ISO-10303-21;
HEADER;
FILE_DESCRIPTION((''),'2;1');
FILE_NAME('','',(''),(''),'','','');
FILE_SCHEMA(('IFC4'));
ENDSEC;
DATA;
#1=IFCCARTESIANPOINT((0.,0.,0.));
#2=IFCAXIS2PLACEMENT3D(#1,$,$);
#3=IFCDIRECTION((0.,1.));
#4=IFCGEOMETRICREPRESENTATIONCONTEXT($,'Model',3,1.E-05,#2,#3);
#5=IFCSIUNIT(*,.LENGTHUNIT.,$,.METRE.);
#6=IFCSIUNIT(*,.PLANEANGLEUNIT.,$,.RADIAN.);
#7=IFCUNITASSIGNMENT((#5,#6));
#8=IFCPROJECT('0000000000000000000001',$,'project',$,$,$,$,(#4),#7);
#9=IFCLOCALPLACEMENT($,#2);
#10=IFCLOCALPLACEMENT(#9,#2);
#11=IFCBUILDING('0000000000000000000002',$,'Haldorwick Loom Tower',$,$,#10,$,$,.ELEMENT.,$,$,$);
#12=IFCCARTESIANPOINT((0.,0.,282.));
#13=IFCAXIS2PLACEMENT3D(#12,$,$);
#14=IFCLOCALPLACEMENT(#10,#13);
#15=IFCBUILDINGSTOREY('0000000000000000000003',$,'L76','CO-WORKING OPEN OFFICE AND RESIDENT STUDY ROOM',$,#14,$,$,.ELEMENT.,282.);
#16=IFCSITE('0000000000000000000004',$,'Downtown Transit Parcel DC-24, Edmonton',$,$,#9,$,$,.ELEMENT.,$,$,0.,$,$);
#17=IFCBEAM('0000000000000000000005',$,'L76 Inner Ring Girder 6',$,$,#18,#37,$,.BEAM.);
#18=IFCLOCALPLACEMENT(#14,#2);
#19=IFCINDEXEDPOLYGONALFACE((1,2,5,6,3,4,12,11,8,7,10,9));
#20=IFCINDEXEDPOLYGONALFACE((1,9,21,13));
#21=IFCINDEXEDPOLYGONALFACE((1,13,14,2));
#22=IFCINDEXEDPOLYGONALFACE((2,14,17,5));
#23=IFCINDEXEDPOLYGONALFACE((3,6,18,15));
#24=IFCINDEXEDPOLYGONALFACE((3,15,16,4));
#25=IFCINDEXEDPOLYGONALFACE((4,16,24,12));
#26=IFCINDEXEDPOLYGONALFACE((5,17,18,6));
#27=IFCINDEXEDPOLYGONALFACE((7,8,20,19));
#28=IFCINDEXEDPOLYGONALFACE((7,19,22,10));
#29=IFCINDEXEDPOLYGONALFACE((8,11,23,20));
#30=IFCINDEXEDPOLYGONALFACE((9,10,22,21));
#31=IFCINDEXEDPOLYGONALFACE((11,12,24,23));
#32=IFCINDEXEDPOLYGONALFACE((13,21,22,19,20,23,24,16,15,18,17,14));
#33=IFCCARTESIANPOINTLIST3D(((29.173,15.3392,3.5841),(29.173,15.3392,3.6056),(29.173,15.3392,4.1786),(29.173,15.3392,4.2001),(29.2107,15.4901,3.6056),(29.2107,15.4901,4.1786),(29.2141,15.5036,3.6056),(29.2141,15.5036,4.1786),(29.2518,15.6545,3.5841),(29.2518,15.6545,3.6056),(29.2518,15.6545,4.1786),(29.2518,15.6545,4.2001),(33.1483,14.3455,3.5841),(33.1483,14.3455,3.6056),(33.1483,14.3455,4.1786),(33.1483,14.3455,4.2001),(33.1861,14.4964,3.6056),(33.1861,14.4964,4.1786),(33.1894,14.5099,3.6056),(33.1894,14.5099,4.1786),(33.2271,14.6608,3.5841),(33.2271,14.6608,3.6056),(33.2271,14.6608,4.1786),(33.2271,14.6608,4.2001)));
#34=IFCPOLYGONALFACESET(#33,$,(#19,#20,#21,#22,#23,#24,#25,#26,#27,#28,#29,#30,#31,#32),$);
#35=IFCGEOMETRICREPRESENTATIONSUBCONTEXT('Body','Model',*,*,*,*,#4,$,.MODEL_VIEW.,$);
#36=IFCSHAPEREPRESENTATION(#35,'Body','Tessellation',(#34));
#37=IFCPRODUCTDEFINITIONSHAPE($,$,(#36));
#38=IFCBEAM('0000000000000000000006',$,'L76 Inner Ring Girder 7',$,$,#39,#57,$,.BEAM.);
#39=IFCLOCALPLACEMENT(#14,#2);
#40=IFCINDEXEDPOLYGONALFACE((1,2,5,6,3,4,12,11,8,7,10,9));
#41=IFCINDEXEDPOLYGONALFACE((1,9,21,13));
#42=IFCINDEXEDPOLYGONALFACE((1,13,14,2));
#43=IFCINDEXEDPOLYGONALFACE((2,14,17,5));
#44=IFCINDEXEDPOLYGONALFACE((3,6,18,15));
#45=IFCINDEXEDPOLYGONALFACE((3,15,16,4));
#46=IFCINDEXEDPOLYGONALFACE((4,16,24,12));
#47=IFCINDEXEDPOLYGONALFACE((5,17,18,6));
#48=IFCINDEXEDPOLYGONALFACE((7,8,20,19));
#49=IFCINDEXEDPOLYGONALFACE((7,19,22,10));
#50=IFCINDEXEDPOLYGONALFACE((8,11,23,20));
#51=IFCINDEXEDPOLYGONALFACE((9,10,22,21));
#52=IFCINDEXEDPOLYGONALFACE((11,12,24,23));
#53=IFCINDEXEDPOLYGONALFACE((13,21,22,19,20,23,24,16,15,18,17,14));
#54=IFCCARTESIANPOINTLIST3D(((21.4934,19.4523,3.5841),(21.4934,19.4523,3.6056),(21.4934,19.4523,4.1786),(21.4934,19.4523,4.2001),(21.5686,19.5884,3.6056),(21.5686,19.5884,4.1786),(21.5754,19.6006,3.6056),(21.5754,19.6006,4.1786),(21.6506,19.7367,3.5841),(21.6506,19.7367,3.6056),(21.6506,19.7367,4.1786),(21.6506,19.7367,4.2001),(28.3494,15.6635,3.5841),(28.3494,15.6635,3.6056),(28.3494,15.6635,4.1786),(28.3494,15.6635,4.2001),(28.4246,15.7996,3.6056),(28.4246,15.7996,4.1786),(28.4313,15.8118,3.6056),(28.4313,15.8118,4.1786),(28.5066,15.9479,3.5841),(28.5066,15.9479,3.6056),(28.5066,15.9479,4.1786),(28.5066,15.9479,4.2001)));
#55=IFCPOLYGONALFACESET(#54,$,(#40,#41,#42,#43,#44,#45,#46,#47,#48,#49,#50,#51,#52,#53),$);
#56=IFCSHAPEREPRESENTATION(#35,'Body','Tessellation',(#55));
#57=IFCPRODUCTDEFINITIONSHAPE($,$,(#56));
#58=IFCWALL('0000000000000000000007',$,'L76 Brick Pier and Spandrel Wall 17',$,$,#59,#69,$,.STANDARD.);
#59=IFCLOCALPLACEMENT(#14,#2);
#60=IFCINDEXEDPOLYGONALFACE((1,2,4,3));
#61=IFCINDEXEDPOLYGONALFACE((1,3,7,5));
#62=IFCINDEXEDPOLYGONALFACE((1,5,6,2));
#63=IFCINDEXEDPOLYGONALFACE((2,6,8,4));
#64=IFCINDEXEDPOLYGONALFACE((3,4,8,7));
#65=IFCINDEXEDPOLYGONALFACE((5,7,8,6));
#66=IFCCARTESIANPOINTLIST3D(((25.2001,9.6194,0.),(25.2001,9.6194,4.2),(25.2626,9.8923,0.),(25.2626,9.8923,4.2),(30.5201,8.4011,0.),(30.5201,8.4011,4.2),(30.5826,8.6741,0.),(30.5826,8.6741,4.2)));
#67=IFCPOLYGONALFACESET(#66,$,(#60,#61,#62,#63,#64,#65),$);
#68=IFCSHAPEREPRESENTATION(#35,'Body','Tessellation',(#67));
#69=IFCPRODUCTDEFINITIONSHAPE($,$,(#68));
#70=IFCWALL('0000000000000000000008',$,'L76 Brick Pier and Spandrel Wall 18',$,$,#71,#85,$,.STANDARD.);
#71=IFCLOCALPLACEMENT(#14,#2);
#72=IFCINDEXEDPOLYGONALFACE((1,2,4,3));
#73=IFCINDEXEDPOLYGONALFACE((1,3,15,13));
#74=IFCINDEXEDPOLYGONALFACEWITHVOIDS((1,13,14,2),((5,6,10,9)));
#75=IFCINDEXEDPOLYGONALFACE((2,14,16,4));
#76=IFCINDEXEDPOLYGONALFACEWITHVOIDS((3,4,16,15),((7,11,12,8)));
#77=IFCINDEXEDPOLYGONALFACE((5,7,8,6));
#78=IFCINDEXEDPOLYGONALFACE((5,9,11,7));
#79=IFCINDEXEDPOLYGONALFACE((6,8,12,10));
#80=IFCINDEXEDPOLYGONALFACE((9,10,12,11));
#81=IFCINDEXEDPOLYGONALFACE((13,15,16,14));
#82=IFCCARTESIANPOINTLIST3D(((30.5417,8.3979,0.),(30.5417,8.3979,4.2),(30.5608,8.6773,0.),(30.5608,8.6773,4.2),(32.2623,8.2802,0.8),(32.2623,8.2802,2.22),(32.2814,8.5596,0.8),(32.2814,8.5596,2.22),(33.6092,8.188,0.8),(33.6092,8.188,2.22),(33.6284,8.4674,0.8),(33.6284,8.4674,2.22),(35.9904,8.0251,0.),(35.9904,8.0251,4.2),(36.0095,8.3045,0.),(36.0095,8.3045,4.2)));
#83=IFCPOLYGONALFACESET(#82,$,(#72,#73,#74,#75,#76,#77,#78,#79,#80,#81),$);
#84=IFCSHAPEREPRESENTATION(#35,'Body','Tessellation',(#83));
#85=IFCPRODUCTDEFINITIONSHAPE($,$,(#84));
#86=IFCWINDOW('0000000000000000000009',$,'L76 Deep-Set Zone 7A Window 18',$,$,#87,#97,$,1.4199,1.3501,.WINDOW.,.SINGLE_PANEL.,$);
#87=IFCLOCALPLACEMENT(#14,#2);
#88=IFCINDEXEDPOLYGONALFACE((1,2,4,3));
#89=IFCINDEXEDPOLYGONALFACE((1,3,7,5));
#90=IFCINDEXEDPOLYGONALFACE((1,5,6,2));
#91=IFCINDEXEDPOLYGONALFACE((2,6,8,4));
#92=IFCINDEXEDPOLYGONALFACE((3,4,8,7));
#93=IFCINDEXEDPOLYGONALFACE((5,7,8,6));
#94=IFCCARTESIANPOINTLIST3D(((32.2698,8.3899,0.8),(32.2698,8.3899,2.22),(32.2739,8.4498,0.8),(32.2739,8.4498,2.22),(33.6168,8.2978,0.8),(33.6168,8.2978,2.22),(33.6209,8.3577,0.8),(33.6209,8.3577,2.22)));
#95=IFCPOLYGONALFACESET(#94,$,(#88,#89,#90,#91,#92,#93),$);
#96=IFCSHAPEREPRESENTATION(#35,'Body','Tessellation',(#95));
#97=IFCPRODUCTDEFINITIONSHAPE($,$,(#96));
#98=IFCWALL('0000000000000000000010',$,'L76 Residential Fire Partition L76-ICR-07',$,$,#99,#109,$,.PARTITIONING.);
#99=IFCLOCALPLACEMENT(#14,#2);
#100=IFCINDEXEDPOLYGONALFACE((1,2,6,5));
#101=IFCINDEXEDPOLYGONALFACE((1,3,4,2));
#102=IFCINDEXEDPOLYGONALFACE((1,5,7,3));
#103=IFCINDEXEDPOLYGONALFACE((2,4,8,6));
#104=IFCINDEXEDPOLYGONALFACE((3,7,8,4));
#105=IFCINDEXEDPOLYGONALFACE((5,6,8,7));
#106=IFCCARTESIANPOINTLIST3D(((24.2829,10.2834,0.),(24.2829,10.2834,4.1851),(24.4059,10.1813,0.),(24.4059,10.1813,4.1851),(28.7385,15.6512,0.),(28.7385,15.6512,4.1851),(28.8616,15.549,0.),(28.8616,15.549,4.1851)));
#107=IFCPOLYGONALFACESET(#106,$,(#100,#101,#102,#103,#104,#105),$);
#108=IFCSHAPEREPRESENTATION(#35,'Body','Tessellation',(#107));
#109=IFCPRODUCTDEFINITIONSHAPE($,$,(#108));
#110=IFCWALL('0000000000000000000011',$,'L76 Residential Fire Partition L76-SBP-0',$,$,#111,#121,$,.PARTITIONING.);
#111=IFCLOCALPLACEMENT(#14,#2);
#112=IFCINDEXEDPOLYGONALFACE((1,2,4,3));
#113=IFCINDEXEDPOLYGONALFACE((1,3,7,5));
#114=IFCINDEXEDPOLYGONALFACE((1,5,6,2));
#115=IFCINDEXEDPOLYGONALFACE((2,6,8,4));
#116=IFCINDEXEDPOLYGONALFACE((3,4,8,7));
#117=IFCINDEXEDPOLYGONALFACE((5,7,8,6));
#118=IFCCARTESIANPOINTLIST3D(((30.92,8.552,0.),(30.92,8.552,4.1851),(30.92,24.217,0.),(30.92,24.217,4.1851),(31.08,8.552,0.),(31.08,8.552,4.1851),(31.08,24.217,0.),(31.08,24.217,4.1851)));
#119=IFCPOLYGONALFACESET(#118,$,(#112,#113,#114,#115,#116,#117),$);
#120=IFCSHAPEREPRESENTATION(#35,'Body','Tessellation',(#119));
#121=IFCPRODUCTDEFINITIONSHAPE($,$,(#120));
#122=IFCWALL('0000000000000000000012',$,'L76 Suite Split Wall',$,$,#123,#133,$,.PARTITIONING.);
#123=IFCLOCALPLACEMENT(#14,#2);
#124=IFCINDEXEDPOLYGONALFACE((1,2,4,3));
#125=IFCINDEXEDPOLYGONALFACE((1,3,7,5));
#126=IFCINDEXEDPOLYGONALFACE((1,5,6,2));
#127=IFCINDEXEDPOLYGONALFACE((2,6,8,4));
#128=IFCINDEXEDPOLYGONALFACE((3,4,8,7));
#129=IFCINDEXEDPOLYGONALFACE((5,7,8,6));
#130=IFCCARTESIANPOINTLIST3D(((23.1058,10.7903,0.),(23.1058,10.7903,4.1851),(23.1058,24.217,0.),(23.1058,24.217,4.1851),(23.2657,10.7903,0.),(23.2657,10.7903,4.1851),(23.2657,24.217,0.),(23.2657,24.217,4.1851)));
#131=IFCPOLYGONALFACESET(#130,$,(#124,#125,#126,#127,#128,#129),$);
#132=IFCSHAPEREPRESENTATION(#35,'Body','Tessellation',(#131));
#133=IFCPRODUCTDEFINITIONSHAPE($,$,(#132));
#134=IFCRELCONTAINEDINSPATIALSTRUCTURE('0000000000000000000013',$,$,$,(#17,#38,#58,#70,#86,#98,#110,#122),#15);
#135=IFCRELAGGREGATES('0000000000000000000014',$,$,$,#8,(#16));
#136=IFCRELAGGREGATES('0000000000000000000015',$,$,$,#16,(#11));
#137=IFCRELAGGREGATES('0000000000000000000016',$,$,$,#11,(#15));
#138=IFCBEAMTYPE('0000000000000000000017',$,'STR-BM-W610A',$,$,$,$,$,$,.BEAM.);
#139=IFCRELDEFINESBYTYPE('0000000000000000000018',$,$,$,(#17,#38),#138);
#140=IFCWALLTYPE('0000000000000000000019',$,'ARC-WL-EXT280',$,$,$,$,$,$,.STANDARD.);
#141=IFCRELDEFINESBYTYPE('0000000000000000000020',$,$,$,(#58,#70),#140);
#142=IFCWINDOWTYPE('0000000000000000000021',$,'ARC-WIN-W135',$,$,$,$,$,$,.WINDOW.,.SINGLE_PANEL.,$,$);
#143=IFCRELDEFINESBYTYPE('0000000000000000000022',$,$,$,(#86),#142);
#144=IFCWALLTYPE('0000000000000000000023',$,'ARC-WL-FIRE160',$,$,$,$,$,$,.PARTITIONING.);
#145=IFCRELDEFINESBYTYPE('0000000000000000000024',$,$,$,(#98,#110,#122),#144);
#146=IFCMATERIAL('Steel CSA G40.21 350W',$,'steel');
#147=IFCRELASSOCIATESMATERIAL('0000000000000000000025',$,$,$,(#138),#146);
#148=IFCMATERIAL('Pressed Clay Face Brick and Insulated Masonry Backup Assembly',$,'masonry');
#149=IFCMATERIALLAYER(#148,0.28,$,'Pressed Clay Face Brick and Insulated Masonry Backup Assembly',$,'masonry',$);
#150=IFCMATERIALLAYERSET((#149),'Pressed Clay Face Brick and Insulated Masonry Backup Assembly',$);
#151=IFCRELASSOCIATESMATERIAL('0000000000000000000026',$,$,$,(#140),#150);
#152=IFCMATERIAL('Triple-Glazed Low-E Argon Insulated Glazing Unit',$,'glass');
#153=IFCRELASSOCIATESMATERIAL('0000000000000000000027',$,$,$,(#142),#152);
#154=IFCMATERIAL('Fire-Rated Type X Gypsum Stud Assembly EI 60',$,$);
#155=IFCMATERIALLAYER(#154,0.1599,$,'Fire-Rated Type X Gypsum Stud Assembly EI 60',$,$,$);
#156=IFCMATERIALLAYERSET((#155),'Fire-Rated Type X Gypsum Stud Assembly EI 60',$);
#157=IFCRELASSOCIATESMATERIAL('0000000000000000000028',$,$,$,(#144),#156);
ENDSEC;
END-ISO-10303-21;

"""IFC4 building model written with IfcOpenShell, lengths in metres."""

from ifc_helpers import new_model, si_unit, direction, frame, frame_2d, origin, origin_2d, place, context, subcontext, project, spatial, rectangle, i_section, extrude, material, layer, layer_set, material_profile, profile_set, type_object, element, fill, save


model = new_model("IFC4")

# Units and contexts
model_context = context("Model", 3, precision=1e-05, world=origin(), true_north=direction((0.0, 1.0)))
body_context = subcontext(model_context, "Body", "Model", "MODEL_VIEW")
ifc_project = project(units=[si_unit("LENGTHUNIT", "METRE"), si_unit("PLANEANGLEUNIT", "RADIAN")], contexts=[model_context])

# Site, building, storey
site_placement = place(None, origin())
site = spatial("IfcSite", under=ifc_project, at=site_placement, Name="Downtown Transit Parcel DC-24, Edmonton", CompositionType="ELEMENT", RefElevation=0.0)
building_placement = place(site_placement, origin())
building = spatial("IfcBuilding", under=site, at=building_placement, Name="Haldorwick Loom Tower", CompositionType="ELEMENT")
storey_placement = place(building_placement, frame((0.0, 0.0, 282.0)))
storey = spatial("IfcBuildingStorey", under=building, at=storey_placement, Name="L76", Description="CO-WORKING OPEN OFFICE AND RESIDENT STUDY ROOM", CompositionType="ELEMENT", Elevation=282.0)

# Beams
ifc_material_1 = material(Name="Steel CSA G40.21 350W", Category="steel")
ifc_material_profile_1 = material_profile(ifc_material_1, i_section(OverallWidth=0.325, OverallDepth=0.616, WebThickness=0.0139, FlangeThickness=0.0215, at=origin_2d()), Name="W610X174", Category="steel")
ifc_profile_set_1 = profile_set([ifc_material_profile_1], Name="Steel CSA G40.21 350W")
beam_type_1 = type_object("IfcBeamType", Name="STR-BM-W610A", PredefinedType="BEAM", material=ifc_profile_set_1)
beam_1_placement = place(storey_placement, frame((33.1877, 14.5032, 3.8921), z_axis=(-0.970153, 0.242494, 0.0), x_axis=(-0.242494, -0.970153, 0.0)))
element("IfcBeam", 1, at=beam_1_placement, inside=storey, type_object=beam_type_1, Name="L76 Inner Ring Girder 6", PredefinedType="BEAM", context=body_context, shape_type="SweptSolid", body=[
    extrude(i_section(OverallWidth=0.325, OverallDepth=0.616, WebThickness=0.0139, FlangeThickness=0.0215, at=origin_2d()), origin(), (0.0, 0.0, 1.0), 4.0977),
])
beam_2_placement = place(storey_placement, frame((28.428, 15.8057, 3.8921), z_axis=(-0.875242, 0.483686, 0.0), x_axis=(-0.483686, -0.875242, 0.0)))
element("IfcBeam", 2, at=beam_2_placement, inside=storey, type_object=beam_type_1, Name="L76 Inner Ring Girder 7", PredefinedType="BEAM", context=body_context, shape_type="SweptSolid", body=[
    extrude(i_section(OverallWidth=0.325, OverallDepth=0.616, WebThickness=0.0139, FlangeThickness=0.0215, at=origin_2d()), origin(), (0.0, 0.0, 1.0), 7.8333),
])

# Wall
ifc_material_2 = material(Name="Pressed Clay Face Brick and Insulated Masonry Backup Assembly", Category="masonry")
ifc_layer_1 = layer(ifc_material_2, 0.28, Name="Pressed Clay Face Brick and Insulated Masonry Backup Assembly", Category="masonry")
ifc_layer_set_1 = layer_set([ifc_layer_1], Name="Pressed Clay Face Brick and Insulated Masonry Backup Assembly")
wall_type_1 = type_object("IfcWallType", Name="ARC-WL-EXT280", PredefinedType="STANDARD", material=ifc_layer_set_1)
wall_1_placement = place(storey_placement, frame((25.2312, 9.7559, 0.0), z_axis=(0.0, 0.0, 1.0), x_axis=(0.974769, -0.223216, 0.0)))
element("IfcWall", 3, at=wall_1_placement, inside=storey, type_object=wall_type_1, Name="L76 Brick Pier and Spandrel Wall 17", PredefinedType="STANDARD", context=body_context, shape_type="SweptSolid", body=[
    extrude(rectangle(XDim=5.4578, YDim=0.28, at=frame_2d((2.729, 0.0))), origin(), (0.0, 0.0, 1.0), 4.2),
])

# Wall, opening, window
wall_2_placement = place(storey_placement, frame((30.5513, 8.5376, 0.0), z_axis=(0.0, 0.0, 1.0), x_axis=(0.997668, -0.068261, 0.0)))
wall_2 = element("IfcWall", 4, at=wall_2_placement, inside=storey, type_object=wall_type_1, Name="L76 Brick Pier and Spandrel Wall 18", PredefinedType="STANDARD", context=body_context, shape_type="SweptSolid", body=[
    extrude(rectangle(XDim=5.4614, YDim=0.28, at=frame_2d((2.7307, 0.0))), origin(), (0.0, 0.0, 1.0), 4.2),
])
opening_placement = place(wall_2_placement, frame((1.7246, 0.0, 0.8)))
opening = element("IfcOpeningElement", 5, at=opening_placement, cuts=wall_2, PredefinedType="OPENING", context=body_context, shape_type="SweptSolid", body=[
    extrude(rectangle(XDim=1.3501, YDim=1.4199, at=frame_2d((0.675, 0.71))), frame((0.0, 0.1499, 0.0), z_axis=(0.0, -1.0, 0.0), x_axis=(1.0, 0.0, 0.0)), (0.0, 0.0, 1.0), 0.3),
])
ifc_material_3 = material(Name="Triple-Glazed Low-E Argon Insulated Glazing Unit", Category="glass")
window_type = type_object("IfcWindowType", Name="ARC-WIN-W135", PartitioningType="SINGLE_PANEL", PredefinedType="WINDOW", material=ifc_material_3)
window_placement = place(opening_placement, origin())
window = element("IfcWindow", 6, at=window_placement, inside=storey, type_object=window_type, Name="L76 Deep-Set Zone 7A Window 18", OverallHeight=1.4199, OverallWidth=1.3501, PartitioningType="SINGLE_PANEL", PredefinedType="WINDOW", context=body_context, shape_type="SweptSolid", body=[
    extrude(rectangle(XDim=1.3501, YDim=1.4199, at=frame_2d((0.675, 0.71))), frame((0.0, 0.03, 0.0), z_axis=(0.0, -1.0, 0.0), x_axis=(1.0, 0.0, 0.0)), (0.0, 0.0, 1.0), 0.0601),
])
fill(opening, window)

# Walls
ifc_material_4 = material(Name="Fire-Rated Type X Gypsum Stud Assembly EI 60")
ifc_layer_2 = layer(ifc_material_4, 0.1599, Name="Fire-Rated Type X Gypsum Stud Assembly EI 60")
ifc_layer_set_2 = layer_set([ifc_layer_2], Name="Fire-Rated Type X Gypsum Stud Assembly EI 60")
wall_type_2 = type_object("IfcWallType", Name="ARC-WL-FIRE160", PredefinedType="PARTITIONING", material=ifc_layer_set_2)
wall_3_placement = place(storey_placement, frame((28.8, 15.6001, 0.0), z_axis=(0.0, 0.0, 1.0), x_axis=(-0.638703, -0.769453, 0.0)))
element("IfcWall", 7, at=wall_3_placement, inside=storey, type_object=wall_type_2, Name="L76 Residential Fire Partition L76-ICR-07", PredefinedType="PARTITIONING", context=body_context, shape_type="SweptSolid", body=[
    extrude(rectangle(XDim=6.9761, YDim=0.1599, at=frame_2d((3.488, 0.0))), origin(), (0.0, 0.0, 1.0), 4.1851),
])
wall_4_placement = place(storey_placement, frame((31.0, 8.552, 0.0), z_axis=(0.0, 0.0, 1.0), x_axis=(0.0, 1.0, 0.0)))
element("IfcWall", 8, at=wall_4_placement, inside=storey, type_object=wall_type_2, Name="L76 Residential Fire Partition L76-SBP-0", PredefinedType="PARTITIONING", context=body_context, shape_type="SweptSolid", body=[
    extrude(rectangle(XDim=15.665, YDim=0.1599, at=frame_2d((7.8325, 0.0))), origin(), (0.0, 0.0, 1.0), 4.1851),
])
wall_5_placement = place(storey_placement, frame((23.1858, 10.7903, 0.0), z_axis=(0.0, 0.0, 1.0), x_axis=(0.0, 1.0, 0.0)))
element("IfcWall", 9, at=wall_5_placement, inside=storey, type_object=wall_type_2, Name="L76 Suite Split Wall", PredefinedType="PARTITIONING", context=body_context, shape_type="SweptSolid", body=[
    extrude(rectangle(XDim=13.4268, YDim=0.1599, at=frame_2d((6.7134, 0.0))), origin(), (0.0, 0.0, 1.0), 4.1851),
])

save(model, "model.ifc")
